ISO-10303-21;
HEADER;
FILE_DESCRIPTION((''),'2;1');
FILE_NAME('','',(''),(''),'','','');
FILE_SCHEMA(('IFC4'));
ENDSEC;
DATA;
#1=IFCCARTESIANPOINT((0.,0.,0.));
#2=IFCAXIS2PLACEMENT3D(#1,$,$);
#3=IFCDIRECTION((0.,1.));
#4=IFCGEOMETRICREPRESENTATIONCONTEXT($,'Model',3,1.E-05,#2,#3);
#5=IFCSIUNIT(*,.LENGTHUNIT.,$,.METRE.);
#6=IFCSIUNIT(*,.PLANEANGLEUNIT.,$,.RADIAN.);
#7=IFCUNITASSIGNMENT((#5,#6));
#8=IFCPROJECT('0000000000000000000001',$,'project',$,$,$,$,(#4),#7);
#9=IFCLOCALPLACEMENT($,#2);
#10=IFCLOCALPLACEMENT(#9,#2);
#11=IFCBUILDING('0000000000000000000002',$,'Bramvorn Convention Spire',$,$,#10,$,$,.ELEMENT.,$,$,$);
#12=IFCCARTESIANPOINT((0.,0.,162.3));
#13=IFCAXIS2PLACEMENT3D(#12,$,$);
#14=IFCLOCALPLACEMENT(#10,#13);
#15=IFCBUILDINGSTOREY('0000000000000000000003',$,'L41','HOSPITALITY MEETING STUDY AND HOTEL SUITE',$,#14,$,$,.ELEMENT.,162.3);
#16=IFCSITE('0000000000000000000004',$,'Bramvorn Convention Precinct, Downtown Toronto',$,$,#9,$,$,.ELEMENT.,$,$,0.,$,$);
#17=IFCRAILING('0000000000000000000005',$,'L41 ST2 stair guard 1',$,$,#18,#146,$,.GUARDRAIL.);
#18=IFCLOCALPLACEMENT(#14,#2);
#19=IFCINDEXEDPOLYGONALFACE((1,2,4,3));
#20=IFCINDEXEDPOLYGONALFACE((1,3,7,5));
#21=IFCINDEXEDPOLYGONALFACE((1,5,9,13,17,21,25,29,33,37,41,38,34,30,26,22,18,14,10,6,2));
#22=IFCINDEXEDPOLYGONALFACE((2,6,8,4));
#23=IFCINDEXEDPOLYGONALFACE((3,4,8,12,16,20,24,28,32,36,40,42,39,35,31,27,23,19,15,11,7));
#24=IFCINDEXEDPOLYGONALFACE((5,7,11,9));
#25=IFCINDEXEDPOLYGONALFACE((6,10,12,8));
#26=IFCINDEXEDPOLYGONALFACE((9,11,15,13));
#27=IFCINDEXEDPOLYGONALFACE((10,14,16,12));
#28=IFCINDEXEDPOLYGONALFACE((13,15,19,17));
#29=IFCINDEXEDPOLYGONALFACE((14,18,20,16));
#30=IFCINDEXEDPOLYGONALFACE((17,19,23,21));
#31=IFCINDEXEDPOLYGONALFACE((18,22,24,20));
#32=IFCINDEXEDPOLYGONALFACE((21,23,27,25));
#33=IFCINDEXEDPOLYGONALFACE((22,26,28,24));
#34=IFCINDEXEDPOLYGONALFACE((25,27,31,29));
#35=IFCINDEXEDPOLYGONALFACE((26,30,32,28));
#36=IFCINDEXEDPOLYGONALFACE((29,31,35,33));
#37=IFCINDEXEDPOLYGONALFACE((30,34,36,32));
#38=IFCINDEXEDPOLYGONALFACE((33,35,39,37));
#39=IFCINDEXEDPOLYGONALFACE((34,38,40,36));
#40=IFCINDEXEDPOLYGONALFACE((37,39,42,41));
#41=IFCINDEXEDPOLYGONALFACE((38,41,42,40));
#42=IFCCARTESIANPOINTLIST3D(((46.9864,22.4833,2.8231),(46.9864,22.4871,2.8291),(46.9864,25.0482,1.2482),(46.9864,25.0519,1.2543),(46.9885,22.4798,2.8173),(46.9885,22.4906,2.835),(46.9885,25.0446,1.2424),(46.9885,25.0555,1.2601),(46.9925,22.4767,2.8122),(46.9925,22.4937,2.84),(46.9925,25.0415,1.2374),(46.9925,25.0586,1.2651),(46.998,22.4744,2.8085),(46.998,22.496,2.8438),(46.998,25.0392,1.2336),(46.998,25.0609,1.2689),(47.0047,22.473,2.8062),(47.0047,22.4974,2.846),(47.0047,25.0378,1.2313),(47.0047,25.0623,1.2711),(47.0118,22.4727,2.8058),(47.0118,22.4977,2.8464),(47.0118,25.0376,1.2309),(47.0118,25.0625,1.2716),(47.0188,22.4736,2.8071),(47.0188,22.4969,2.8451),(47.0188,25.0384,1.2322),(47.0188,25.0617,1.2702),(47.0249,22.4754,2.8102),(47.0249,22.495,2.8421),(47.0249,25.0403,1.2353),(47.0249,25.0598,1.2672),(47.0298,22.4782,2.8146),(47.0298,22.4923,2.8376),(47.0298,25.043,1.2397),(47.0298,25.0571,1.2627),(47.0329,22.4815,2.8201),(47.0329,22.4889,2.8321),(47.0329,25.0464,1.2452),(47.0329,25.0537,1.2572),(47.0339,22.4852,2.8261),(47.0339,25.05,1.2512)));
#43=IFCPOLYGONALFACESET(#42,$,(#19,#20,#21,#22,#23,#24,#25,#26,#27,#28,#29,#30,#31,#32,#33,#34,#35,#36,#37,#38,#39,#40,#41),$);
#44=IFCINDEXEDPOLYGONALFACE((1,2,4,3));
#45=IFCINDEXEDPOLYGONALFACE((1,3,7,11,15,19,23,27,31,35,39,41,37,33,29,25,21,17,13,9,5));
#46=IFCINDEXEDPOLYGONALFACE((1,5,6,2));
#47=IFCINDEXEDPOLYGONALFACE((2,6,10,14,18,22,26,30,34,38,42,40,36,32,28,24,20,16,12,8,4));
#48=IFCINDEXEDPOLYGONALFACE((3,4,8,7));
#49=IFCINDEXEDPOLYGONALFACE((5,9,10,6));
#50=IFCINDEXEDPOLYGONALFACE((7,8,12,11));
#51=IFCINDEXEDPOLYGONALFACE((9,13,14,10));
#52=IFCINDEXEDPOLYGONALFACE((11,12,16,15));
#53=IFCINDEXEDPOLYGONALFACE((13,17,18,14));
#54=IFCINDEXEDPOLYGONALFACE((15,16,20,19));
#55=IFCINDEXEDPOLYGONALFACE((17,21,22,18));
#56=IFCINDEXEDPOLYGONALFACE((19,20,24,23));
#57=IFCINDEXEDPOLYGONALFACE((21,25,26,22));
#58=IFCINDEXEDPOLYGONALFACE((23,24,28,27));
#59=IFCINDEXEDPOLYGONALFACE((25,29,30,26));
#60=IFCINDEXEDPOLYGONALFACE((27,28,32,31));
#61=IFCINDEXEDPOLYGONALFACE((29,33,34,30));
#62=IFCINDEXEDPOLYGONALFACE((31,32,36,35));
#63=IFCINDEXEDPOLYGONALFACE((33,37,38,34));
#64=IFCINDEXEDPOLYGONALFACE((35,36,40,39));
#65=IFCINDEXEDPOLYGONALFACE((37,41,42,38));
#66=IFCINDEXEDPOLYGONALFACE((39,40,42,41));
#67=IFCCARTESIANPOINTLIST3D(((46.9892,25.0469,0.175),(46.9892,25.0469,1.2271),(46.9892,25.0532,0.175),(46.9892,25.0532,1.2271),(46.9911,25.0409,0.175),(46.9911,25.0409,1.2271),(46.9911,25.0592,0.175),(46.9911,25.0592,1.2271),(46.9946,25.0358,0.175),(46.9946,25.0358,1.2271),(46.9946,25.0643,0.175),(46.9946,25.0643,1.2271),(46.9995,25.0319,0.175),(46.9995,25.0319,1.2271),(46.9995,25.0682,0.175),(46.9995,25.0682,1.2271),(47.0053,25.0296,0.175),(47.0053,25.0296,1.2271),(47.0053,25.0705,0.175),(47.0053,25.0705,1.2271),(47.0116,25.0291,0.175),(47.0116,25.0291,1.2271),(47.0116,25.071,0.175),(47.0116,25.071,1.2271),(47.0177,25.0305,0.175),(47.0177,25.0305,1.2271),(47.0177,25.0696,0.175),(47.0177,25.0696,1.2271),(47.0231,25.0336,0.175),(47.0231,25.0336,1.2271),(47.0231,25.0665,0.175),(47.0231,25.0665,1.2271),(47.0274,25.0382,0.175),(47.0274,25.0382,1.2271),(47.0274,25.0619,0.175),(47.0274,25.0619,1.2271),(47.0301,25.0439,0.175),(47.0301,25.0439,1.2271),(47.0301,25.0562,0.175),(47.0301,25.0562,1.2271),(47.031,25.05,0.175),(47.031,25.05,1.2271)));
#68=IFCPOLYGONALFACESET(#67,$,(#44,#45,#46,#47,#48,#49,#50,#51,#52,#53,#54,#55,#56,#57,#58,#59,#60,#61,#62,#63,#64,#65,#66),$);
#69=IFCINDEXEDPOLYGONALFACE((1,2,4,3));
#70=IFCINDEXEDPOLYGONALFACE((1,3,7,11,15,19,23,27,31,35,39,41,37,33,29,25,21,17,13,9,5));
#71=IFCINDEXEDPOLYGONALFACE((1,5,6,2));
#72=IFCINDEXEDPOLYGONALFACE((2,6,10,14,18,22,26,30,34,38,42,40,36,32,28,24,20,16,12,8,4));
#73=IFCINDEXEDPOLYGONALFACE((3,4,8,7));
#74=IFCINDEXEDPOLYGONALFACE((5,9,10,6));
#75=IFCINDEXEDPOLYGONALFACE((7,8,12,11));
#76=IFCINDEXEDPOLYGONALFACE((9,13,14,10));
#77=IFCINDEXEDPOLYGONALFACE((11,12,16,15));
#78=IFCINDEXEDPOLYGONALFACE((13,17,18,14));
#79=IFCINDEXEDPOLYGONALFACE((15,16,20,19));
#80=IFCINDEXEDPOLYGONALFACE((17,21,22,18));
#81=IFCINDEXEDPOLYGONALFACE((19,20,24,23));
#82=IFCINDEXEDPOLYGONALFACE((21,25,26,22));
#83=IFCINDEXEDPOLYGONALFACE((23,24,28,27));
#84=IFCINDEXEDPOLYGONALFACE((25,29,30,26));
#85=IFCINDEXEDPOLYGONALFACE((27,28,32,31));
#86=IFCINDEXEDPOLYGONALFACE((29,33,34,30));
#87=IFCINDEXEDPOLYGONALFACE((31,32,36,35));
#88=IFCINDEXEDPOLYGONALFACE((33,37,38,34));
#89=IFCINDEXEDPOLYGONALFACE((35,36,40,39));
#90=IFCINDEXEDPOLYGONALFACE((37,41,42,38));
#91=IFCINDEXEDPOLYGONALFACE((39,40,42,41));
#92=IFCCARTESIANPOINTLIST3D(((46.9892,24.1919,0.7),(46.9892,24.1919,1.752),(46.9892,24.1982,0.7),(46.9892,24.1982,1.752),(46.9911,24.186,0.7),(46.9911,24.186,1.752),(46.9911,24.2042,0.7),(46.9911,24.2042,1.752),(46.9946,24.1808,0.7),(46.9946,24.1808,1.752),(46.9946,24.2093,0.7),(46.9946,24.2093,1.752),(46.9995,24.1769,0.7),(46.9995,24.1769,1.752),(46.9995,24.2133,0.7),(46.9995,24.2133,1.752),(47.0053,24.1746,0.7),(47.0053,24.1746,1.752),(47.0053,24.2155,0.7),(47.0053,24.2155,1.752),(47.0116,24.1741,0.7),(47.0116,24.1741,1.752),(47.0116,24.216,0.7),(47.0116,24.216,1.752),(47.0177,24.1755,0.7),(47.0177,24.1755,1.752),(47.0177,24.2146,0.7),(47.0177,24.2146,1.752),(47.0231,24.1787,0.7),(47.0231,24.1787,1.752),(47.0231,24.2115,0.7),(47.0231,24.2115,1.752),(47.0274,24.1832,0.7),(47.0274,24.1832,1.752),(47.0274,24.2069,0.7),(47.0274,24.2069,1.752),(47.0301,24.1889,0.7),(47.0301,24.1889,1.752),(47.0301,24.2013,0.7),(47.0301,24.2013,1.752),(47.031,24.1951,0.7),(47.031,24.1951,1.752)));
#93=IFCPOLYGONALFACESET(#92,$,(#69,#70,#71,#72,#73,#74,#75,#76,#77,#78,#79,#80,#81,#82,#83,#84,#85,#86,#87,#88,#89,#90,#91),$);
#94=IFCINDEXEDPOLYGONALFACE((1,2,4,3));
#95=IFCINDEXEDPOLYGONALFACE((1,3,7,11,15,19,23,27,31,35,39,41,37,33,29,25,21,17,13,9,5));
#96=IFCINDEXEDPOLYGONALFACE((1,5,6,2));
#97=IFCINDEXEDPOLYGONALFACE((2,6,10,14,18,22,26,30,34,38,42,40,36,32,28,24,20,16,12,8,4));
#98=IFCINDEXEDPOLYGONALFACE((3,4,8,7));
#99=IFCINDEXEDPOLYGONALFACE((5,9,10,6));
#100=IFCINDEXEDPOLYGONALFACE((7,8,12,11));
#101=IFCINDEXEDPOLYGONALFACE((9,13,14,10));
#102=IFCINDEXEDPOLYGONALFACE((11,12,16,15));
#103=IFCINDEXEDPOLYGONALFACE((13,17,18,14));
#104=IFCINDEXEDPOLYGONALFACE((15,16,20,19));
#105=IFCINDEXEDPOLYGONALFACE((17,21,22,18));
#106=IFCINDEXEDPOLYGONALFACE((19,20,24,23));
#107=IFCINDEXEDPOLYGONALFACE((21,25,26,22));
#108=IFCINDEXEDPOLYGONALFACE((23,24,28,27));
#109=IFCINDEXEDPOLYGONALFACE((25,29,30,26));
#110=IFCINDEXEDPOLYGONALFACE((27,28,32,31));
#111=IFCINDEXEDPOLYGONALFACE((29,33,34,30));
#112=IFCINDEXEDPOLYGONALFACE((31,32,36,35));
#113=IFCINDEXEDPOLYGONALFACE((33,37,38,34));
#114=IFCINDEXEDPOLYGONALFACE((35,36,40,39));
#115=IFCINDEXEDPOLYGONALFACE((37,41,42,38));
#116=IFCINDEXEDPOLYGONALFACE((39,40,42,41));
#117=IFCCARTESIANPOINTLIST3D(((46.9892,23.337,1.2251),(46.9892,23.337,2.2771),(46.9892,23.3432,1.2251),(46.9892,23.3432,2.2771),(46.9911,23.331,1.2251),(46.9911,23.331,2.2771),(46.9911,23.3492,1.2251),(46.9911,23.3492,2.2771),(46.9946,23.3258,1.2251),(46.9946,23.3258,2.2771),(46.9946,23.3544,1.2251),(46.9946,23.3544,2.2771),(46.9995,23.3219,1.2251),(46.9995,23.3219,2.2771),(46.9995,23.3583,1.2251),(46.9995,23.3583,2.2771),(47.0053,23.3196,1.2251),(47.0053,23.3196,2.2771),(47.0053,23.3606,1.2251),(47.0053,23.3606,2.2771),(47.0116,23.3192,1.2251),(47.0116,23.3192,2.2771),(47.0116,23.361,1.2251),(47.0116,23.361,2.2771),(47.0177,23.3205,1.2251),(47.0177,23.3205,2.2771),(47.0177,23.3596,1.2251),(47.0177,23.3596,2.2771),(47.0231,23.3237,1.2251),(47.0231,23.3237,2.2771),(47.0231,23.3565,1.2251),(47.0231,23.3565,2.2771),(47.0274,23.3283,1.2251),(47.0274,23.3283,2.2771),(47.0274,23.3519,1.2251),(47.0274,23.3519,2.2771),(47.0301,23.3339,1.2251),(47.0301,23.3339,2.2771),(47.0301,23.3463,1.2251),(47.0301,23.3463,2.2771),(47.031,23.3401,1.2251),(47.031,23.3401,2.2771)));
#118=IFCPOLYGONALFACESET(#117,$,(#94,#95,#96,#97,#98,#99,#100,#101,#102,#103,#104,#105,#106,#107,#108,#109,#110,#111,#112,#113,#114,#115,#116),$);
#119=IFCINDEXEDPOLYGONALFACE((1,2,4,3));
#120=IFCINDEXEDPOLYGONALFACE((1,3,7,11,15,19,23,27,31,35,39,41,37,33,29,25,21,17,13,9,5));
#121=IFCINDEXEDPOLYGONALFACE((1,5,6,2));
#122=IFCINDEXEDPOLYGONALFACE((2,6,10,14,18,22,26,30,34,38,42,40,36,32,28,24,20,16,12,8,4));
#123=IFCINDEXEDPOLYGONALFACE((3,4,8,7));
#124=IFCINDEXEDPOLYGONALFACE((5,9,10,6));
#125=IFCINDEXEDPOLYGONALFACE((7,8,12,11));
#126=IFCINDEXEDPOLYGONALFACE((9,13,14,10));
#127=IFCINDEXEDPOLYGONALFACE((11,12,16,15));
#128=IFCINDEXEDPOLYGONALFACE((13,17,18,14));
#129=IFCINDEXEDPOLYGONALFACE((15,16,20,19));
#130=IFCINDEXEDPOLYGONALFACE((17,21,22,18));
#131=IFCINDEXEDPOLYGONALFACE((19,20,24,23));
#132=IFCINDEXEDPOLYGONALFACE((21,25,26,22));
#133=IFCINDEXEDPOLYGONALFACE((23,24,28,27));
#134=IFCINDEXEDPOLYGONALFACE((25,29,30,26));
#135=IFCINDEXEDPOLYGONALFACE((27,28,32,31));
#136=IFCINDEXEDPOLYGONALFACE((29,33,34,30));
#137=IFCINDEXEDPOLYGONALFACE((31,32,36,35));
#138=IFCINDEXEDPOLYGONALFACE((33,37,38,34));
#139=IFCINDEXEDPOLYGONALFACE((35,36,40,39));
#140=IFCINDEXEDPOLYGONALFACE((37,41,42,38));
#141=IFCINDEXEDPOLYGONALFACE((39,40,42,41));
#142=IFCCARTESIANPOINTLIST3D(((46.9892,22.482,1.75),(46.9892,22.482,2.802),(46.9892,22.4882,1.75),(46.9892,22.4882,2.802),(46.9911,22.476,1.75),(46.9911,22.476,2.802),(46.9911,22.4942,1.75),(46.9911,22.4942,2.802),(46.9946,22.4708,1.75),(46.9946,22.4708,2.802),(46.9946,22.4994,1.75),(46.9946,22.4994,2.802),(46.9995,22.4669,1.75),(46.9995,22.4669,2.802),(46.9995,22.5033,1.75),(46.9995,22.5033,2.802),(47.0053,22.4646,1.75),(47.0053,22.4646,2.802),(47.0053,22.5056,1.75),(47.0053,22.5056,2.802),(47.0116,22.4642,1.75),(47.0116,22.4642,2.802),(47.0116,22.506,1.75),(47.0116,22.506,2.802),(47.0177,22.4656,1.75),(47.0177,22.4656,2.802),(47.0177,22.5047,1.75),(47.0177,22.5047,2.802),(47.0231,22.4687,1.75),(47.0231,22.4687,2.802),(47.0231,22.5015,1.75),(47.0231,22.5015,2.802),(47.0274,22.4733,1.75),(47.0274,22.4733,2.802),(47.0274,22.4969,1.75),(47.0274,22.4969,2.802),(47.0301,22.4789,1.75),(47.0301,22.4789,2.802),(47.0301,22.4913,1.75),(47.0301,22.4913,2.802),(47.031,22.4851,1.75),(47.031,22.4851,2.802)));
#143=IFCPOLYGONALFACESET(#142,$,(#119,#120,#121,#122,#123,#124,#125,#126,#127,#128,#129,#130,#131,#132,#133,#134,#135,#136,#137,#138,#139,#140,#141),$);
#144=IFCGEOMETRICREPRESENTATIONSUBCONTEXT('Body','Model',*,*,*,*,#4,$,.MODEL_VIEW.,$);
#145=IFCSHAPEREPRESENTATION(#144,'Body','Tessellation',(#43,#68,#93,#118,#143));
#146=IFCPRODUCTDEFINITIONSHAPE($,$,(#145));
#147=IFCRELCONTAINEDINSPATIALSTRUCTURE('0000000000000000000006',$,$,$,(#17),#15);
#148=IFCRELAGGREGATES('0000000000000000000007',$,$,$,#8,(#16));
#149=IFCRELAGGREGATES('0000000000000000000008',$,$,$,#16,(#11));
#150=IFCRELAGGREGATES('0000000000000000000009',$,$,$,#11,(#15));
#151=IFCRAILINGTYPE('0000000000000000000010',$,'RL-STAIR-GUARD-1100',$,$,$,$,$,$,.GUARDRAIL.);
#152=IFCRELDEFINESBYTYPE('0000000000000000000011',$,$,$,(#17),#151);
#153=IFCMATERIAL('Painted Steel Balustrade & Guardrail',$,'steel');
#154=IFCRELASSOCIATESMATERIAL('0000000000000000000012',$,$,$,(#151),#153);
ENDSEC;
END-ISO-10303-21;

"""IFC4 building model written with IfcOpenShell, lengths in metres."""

from ifc_helpers import new_model, si_unit, direction, frame, origin, origin_2d, place, context, subcontext, project, spatial, circle, extrude, material, type_object, element, save


model = new_model("IFC4")

# Units and contexts
model_context = context("Model", 3, precision=1e-05, world=origin(), true_north=direction((0.0, 1.0)))
body_context = subcontext(model_context, "Body", "Model", "MODEL_VIEW")
ifc_project = project(units=[si_unit("LENGTHUNIT", "METRE"), si_unit("PLANEANGLEUNIT", "RADIAN")], contexts=[model_context])

# Site, building, storey
site_placement = place(None, origin())
site = spatial("IfcSite", under=ifc_project, at=site_placement, Name="Bramvorn Convention Precinct, Downtown Toronto", CompositionType="ELEMENT", RefElevation=0.0)
building_placement = place(site_placement, origin())
building = spatial("IfcBuilding", under=site, at=building_placement, Name="Bramvorn Convention Spire", CompositionType="ELEMENT")
storey_placement = place(building_placement, frame((0.0, 0.0, 162.3)))
storey = spatial("IfcBuildingStorey", under=building, at=storey_placement, Name="L41", Description="HOSPITALITY MEETING STUDY AND HOTEL SUITE", CompositionType="ELEMENT", Elevation=162.3)

# Railing
ifc_material_1 = material(Name="Painted Steel Balustrade & Guardrail", Category="steel")
railing_type_1 = type_object("IfcRailingType", Name="RL-STAIR-GUARD-1100", PredefinedType="GUARDRAIL", material=ifc_material_1)
railing_1_placement = place(storey_placement, frame((47.01, 25.05, 0.175)))
element("IfcRailing", 1, at=railing_1_placement, inside=storey, type_object=railing_type_1, Name="L41 ST2 stair guard 1", PredefinedType="GUARDRAIL", context=body_context, shape_type="SweptSolid", body=[
    extrude(circle(Radius=0.0239, at=origin_2d()), frame((0.0, 0.0, 1.0762), z_axis=(0.0, -0.852173, 0.52326), x_axis=(1.0, 0.0, 0.0)), (0.0, 0.0, 1.0), 3.0098),
    extrude(circle(Radius=0.021, at=origin_2d()), origin(), (0.0, 0.0, 1.0), 1.052),
    extrude(circle(Radius=0.021, at=origin_2d()), frame((0.0, -0.855, 0.5249)), (0.0, 0.0, 1.0), 1.052),
    extrude(circle(Radius=0.021, at=origin_2d()), frame((0.0, -1.71, 1.05)), (0.0, 0.0, 1.0), 1.052),
    extrude(circle(Radius=0.021, at=origin_2d()), frame((0.0, -2.5649, 1.575)), (0.0, 0.0, 1.0), 1.052),
])

save(model, "model.ifc")
